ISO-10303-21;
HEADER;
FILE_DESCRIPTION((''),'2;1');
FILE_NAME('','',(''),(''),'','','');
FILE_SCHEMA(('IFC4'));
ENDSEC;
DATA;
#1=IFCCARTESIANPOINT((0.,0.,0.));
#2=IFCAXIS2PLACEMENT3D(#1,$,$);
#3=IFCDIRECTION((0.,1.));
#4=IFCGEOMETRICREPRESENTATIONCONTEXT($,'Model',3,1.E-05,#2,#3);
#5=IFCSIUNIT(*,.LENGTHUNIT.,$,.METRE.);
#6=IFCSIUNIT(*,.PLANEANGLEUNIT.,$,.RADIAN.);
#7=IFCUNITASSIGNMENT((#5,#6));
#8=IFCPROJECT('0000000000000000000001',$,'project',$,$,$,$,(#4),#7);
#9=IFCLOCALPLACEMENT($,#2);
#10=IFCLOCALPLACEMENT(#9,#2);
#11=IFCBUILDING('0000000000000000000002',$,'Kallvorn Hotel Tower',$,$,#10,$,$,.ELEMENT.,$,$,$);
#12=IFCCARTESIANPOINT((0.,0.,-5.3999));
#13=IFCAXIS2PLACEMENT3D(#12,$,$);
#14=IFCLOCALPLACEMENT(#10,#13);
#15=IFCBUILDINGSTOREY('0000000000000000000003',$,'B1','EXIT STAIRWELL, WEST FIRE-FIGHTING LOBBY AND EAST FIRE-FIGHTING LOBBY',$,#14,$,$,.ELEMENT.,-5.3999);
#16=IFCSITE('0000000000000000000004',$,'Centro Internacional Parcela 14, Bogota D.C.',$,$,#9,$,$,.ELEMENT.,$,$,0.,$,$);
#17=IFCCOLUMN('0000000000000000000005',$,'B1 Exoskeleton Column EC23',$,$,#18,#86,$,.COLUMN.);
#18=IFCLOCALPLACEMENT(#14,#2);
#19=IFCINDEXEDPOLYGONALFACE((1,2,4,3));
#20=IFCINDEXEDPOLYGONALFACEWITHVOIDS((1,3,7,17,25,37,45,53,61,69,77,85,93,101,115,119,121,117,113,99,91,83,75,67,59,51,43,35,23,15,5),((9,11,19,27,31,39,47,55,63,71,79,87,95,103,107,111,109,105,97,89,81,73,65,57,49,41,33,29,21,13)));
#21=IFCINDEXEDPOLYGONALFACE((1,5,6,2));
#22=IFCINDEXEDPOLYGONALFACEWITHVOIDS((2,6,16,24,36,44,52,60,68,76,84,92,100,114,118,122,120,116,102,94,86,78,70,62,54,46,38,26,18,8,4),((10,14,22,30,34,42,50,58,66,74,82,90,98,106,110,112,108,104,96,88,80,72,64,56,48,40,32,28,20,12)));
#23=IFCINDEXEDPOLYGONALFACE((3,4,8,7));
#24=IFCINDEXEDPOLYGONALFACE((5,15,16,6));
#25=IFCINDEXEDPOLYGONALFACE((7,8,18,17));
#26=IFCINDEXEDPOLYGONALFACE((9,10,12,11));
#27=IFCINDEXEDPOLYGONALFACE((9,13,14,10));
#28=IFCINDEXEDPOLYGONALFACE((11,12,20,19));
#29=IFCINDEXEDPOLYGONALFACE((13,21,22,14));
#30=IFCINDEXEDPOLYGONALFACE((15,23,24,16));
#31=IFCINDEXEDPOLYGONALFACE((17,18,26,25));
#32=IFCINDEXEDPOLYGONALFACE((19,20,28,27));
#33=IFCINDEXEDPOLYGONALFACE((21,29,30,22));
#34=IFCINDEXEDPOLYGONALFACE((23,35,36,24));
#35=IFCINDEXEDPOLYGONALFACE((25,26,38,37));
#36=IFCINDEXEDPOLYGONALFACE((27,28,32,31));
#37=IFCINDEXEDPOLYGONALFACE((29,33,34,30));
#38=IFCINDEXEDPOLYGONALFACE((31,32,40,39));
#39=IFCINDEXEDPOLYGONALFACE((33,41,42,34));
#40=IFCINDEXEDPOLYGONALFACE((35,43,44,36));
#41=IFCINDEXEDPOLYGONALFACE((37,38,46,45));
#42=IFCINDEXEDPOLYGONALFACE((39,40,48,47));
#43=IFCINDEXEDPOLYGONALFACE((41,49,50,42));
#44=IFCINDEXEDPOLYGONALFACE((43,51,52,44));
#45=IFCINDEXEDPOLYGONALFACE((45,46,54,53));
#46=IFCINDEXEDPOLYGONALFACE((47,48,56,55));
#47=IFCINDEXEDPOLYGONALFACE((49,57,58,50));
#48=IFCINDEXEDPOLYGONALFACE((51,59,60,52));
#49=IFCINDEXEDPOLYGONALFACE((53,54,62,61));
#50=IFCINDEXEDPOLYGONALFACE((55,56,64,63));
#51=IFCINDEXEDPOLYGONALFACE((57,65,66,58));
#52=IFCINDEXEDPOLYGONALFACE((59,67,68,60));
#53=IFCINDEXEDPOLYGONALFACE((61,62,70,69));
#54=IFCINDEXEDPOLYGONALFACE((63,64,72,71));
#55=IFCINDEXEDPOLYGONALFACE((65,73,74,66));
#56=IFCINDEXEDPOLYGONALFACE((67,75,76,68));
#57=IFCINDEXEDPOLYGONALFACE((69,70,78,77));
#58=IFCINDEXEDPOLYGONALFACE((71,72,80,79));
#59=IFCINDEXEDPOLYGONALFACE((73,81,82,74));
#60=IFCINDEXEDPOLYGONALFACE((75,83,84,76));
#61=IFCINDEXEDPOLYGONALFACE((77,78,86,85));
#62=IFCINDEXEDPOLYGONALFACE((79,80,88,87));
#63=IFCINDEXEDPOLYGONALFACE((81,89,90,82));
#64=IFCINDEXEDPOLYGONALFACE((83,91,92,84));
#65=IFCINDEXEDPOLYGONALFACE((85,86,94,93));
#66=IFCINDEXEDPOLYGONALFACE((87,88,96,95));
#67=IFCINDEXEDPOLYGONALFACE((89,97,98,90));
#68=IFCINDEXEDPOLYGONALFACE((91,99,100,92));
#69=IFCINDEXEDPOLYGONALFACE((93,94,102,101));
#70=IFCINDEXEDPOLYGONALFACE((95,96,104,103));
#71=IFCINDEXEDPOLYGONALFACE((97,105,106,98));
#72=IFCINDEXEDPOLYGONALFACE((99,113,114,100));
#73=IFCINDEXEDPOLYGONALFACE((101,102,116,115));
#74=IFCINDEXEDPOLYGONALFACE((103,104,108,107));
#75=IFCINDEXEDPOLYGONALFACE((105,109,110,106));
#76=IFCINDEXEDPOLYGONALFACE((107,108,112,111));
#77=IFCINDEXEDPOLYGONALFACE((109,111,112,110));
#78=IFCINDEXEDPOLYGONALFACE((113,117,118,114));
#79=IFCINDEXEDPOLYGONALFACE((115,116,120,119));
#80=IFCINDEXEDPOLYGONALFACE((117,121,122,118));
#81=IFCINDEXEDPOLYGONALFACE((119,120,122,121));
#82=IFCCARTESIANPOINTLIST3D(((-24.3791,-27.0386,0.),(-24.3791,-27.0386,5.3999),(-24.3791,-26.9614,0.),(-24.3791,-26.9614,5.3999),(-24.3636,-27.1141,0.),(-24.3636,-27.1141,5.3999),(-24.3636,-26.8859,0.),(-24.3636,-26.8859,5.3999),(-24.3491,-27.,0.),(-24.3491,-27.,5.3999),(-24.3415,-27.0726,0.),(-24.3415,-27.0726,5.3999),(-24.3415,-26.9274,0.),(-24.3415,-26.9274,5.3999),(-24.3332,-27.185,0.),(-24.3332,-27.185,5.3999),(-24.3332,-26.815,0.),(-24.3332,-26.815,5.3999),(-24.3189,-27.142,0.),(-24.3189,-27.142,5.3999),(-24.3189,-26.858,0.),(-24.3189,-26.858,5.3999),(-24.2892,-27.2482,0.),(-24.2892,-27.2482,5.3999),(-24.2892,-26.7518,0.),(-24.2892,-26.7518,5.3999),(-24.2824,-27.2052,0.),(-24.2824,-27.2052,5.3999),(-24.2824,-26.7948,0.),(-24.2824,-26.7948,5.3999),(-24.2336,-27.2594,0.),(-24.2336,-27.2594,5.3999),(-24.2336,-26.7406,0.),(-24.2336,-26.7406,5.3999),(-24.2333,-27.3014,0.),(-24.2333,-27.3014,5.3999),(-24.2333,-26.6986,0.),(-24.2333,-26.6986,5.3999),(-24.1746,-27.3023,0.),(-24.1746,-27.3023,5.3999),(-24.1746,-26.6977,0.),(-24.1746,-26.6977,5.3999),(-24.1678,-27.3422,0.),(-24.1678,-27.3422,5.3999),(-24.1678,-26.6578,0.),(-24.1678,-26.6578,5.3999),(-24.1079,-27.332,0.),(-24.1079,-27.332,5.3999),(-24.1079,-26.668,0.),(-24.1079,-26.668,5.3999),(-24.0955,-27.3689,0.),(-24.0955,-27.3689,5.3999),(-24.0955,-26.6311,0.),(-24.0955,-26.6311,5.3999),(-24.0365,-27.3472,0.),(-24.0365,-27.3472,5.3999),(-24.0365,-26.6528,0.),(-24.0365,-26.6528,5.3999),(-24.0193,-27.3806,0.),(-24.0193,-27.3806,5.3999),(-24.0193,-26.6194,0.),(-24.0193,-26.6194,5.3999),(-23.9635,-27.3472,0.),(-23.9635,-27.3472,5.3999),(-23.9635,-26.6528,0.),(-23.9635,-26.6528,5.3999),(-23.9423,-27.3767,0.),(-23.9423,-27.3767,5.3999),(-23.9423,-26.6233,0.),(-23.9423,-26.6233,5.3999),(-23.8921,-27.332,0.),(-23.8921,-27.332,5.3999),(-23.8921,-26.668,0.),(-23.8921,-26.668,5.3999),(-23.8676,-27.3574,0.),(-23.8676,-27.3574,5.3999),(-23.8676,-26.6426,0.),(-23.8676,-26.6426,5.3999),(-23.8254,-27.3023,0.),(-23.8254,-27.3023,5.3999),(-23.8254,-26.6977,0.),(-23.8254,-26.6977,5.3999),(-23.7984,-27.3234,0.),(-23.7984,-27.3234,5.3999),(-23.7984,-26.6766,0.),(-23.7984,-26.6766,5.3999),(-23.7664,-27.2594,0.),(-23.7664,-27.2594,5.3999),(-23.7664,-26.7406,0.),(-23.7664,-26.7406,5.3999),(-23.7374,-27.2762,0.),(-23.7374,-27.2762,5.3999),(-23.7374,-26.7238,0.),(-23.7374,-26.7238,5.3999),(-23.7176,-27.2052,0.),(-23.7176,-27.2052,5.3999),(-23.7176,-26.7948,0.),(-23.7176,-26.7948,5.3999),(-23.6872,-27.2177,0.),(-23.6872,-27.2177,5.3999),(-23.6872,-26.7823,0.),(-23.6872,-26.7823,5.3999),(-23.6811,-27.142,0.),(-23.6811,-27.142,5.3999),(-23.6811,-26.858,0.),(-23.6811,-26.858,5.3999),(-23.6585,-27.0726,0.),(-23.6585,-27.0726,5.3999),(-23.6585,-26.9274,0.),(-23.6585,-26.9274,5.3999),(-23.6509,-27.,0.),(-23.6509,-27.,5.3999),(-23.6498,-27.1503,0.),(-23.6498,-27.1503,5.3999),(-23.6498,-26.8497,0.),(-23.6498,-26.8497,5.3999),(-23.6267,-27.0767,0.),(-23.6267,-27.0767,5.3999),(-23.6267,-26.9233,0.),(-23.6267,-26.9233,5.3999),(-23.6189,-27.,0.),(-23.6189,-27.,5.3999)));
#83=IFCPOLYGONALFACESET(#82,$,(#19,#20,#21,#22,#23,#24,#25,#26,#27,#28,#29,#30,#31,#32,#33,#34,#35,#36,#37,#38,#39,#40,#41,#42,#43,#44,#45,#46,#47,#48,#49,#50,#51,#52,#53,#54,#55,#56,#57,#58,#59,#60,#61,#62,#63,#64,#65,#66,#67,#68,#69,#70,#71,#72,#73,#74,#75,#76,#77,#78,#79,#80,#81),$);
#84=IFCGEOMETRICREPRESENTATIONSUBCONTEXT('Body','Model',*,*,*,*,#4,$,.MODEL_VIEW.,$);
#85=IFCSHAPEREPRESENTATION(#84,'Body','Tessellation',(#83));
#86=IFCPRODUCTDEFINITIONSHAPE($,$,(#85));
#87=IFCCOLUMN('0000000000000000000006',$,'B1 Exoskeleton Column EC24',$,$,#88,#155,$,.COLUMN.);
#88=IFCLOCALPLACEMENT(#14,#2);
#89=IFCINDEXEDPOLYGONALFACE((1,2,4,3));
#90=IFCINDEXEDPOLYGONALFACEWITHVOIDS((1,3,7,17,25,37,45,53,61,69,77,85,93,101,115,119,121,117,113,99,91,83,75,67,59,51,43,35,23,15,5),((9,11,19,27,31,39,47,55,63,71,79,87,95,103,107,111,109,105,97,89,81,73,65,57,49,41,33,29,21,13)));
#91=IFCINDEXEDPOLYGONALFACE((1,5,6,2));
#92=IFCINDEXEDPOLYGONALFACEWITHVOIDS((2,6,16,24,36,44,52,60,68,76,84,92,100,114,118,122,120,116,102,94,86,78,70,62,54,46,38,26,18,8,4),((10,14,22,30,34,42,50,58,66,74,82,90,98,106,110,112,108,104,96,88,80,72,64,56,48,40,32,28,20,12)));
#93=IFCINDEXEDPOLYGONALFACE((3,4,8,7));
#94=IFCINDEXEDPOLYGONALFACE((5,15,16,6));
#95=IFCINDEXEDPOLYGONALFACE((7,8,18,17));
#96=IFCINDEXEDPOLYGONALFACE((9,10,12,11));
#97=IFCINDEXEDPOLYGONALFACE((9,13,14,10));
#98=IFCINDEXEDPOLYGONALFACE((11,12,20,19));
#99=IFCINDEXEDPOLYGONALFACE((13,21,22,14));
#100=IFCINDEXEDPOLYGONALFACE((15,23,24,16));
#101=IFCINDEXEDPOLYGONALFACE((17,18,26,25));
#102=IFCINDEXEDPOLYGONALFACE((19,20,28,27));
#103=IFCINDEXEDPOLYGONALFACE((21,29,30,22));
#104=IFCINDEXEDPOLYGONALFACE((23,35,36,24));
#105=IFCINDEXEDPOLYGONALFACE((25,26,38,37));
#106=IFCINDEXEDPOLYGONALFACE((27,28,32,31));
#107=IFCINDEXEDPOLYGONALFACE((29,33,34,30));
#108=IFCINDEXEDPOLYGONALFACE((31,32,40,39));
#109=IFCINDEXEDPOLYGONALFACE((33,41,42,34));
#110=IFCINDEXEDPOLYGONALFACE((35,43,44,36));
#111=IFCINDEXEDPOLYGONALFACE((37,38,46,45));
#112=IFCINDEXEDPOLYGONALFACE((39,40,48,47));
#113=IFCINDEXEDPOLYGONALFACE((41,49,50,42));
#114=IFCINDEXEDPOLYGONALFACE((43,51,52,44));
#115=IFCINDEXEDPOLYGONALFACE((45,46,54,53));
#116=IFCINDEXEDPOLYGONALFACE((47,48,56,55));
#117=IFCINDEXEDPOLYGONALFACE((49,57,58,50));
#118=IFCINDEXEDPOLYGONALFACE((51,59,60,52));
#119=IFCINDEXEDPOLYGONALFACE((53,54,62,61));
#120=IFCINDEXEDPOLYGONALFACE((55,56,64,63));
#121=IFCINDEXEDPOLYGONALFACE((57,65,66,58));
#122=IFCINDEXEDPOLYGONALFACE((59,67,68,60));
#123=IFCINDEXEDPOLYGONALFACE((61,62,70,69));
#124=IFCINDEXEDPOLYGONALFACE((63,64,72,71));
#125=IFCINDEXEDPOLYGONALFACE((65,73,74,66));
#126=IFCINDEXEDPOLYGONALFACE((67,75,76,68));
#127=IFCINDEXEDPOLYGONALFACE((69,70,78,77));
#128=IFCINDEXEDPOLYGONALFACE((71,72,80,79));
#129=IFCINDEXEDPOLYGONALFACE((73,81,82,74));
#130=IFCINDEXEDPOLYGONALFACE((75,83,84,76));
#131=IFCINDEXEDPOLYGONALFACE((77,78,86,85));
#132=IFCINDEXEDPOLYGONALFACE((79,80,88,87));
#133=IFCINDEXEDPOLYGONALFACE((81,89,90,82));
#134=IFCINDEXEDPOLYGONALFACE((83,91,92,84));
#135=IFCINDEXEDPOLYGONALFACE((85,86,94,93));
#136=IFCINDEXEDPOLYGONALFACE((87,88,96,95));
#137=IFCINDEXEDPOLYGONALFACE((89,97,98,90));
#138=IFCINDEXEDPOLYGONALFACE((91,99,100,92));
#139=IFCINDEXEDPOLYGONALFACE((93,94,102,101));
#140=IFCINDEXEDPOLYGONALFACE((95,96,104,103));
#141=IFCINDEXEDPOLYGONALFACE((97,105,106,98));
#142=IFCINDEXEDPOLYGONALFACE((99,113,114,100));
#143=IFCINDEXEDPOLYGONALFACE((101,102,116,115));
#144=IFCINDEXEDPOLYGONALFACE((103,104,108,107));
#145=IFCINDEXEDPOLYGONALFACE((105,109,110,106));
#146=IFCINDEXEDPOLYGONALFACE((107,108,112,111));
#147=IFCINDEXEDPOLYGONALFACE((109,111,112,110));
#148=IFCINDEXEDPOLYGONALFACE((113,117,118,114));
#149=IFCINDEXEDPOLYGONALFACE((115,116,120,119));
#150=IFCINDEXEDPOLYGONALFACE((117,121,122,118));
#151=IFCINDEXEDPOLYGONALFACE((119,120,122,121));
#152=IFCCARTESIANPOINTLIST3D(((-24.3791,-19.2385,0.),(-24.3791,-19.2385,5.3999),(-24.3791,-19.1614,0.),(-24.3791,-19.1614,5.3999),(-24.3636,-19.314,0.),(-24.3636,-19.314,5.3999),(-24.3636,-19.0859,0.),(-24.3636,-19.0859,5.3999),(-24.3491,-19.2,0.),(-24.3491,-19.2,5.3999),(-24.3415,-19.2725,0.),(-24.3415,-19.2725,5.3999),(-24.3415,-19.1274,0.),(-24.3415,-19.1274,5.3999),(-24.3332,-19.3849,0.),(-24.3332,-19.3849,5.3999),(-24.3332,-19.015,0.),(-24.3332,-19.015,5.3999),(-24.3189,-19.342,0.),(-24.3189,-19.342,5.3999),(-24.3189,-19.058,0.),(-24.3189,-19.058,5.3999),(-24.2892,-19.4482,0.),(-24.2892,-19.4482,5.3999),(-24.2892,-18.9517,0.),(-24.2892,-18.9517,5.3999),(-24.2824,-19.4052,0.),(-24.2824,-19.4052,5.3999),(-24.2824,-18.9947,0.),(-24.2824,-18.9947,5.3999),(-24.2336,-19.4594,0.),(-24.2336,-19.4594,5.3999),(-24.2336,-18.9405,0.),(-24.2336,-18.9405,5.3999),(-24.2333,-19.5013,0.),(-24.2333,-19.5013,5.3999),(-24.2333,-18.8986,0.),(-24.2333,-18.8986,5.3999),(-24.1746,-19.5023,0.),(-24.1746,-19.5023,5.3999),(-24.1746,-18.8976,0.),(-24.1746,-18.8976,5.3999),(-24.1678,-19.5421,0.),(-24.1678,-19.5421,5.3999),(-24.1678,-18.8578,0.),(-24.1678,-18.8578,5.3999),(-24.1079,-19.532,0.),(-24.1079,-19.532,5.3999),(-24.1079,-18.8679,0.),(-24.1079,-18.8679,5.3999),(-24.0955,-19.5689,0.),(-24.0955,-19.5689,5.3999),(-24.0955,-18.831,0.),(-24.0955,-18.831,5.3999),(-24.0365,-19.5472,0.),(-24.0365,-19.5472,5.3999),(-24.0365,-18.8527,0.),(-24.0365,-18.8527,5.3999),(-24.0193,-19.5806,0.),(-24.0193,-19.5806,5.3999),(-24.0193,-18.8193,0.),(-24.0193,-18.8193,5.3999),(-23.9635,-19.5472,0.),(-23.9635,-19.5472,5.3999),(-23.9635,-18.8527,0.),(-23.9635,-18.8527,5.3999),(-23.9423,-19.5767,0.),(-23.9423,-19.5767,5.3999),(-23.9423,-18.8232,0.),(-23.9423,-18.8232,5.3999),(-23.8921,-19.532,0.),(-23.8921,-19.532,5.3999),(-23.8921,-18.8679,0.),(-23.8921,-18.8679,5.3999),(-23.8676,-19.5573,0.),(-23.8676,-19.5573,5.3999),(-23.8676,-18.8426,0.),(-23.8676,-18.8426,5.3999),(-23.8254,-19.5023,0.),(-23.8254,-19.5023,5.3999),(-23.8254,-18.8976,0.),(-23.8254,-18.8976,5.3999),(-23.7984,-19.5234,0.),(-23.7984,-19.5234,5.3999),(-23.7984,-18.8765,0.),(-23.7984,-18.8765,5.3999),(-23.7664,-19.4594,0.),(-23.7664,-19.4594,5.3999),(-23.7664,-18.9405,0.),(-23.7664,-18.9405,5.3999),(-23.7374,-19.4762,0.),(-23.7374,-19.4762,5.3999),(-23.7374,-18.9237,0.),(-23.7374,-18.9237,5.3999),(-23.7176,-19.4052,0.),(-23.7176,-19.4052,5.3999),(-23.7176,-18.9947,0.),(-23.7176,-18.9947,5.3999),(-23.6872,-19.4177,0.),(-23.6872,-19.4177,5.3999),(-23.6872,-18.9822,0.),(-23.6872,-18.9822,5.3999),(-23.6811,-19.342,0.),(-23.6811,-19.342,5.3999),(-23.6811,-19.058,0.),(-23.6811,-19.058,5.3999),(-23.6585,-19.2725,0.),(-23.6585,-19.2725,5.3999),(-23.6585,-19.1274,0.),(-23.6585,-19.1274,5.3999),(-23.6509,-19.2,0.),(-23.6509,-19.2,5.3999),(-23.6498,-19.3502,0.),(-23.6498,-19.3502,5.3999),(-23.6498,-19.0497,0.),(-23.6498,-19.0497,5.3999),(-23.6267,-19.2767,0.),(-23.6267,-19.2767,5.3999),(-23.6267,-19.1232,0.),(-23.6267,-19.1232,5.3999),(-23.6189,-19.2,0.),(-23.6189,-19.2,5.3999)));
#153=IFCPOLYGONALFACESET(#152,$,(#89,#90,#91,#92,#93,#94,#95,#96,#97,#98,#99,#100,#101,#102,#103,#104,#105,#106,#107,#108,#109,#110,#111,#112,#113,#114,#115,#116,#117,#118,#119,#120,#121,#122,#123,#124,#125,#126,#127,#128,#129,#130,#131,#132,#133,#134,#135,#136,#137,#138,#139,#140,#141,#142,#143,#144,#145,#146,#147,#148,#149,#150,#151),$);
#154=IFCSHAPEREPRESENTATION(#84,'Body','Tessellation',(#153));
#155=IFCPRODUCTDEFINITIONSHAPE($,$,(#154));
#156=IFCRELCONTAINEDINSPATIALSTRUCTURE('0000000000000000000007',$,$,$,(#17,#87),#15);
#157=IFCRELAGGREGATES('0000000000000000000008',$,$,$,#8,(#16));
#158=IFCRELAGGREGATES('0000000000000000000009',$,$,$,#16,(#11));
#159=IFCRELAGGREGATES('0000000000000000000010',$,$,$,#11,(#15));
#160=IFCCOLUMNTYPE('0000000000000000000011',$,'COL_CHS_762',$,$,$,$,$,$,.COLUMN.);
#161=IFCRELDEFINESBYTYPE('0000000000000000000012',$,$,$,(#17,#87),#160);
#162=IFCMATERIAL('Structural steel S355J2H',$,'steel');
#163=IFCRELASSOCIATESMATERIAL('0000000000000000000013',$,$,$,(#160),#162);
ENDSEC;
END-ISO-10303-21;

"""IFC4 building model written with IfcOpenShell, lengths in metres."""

from ifc_helpers import new_model, si_unit, direction, frame, origin, origin_2d, place, context, subcontext, project, spatial, hollow_circle, extrude, material, material_profile, profile_set, type_object, element, save


model = new_model("IFC4")

# Units and contexts
model_context = context("Model", 3, precision=1e-05, world=origin(), true_north=direction((0.0, 1.0)))
body_context = subcontext(model_context, "Body", "Model", "MODEL_VIEW")
ifc_project = project(units=[si_unit("LENGTHUNIT", "METRE"), si_unit("PLANEANGLEUNIT", "RADIAN")], contexts=[model_context])

# Site, building, storey
site_placement = place(None, origin())
site = spatial("IfcSite", under=ifc_project, at=site_placement, Name="Centro Internacional Parcela 14, Bogota D.C.", CompositionType="ELEMENT", RefElevation=0.0)
building_placement = place(site_placement, origin())
building = spatial("IfcBuilding", under=site, at=building_placement, Name="Kallvorn Hotel Tower", CompositionType="ELEMENT")
storey_placement = place(building_placement, frame((0.0, 0.0, -5.3999)))
storey = spatial("IfcBuildingStorey", under=building, at=storey_placement, Name="B1", Description="EXIT STAIRWELL, WEST FIRE-FIGHTING LOBBY AND EAST FIRE-FIGHTING LOBBY", CompositionType="ELEMENT", Elevation=-5.3999)

# Columns
ifc_material_1 = material(Name="Structural steel S355J2H", Category="steel")
ifc_material_profile_1 = material_profile(ifc_material_1, hollow_circle(Radius=0.3811, WallThickness=0.032, at=origin_2d()), Name="CHS 762x32")
ifc_profile_set_1 = profile_set([ifc_material_profile_1], Name="Structural steel S355J2H")
column_type_1 = type_object("IfcColumnType", Name="COL_CHS_762", PredefinedType="COLUMN", material=ifc_profile_set_1)
for number, where, z_axis, x_axis, name in (
    (1, (-24.0, -27.0, 0.0), (0.0, 0.0, 1.0), (1.0, 0.0, 0.0), "B1 Exoskeleton Column EC23"),
    (2, (-24.0, -19.2, 0.0), (0.0, 0.0, 1.0), (1.0, 0.0, 0.0), "B1 Exoskeleton Column EC24"),
):
    element("IfcColumn", number, at=place(storey_placement, frame(where, z_axis=z_axis, x_axis=x_axis)), inside=storey, type_object=column_type_1, Name=name, PredefinedType="COLUMN", context=body_context, shape_type="SweptSolid", body=[
        extrude(hollow_circle(Radius=0.3811, WallThickness=0.032, at=origin_2d()), origin(), (0.0, 0.0, 1.0), 5.3999),
    ])

save(model, "model.ifc")
